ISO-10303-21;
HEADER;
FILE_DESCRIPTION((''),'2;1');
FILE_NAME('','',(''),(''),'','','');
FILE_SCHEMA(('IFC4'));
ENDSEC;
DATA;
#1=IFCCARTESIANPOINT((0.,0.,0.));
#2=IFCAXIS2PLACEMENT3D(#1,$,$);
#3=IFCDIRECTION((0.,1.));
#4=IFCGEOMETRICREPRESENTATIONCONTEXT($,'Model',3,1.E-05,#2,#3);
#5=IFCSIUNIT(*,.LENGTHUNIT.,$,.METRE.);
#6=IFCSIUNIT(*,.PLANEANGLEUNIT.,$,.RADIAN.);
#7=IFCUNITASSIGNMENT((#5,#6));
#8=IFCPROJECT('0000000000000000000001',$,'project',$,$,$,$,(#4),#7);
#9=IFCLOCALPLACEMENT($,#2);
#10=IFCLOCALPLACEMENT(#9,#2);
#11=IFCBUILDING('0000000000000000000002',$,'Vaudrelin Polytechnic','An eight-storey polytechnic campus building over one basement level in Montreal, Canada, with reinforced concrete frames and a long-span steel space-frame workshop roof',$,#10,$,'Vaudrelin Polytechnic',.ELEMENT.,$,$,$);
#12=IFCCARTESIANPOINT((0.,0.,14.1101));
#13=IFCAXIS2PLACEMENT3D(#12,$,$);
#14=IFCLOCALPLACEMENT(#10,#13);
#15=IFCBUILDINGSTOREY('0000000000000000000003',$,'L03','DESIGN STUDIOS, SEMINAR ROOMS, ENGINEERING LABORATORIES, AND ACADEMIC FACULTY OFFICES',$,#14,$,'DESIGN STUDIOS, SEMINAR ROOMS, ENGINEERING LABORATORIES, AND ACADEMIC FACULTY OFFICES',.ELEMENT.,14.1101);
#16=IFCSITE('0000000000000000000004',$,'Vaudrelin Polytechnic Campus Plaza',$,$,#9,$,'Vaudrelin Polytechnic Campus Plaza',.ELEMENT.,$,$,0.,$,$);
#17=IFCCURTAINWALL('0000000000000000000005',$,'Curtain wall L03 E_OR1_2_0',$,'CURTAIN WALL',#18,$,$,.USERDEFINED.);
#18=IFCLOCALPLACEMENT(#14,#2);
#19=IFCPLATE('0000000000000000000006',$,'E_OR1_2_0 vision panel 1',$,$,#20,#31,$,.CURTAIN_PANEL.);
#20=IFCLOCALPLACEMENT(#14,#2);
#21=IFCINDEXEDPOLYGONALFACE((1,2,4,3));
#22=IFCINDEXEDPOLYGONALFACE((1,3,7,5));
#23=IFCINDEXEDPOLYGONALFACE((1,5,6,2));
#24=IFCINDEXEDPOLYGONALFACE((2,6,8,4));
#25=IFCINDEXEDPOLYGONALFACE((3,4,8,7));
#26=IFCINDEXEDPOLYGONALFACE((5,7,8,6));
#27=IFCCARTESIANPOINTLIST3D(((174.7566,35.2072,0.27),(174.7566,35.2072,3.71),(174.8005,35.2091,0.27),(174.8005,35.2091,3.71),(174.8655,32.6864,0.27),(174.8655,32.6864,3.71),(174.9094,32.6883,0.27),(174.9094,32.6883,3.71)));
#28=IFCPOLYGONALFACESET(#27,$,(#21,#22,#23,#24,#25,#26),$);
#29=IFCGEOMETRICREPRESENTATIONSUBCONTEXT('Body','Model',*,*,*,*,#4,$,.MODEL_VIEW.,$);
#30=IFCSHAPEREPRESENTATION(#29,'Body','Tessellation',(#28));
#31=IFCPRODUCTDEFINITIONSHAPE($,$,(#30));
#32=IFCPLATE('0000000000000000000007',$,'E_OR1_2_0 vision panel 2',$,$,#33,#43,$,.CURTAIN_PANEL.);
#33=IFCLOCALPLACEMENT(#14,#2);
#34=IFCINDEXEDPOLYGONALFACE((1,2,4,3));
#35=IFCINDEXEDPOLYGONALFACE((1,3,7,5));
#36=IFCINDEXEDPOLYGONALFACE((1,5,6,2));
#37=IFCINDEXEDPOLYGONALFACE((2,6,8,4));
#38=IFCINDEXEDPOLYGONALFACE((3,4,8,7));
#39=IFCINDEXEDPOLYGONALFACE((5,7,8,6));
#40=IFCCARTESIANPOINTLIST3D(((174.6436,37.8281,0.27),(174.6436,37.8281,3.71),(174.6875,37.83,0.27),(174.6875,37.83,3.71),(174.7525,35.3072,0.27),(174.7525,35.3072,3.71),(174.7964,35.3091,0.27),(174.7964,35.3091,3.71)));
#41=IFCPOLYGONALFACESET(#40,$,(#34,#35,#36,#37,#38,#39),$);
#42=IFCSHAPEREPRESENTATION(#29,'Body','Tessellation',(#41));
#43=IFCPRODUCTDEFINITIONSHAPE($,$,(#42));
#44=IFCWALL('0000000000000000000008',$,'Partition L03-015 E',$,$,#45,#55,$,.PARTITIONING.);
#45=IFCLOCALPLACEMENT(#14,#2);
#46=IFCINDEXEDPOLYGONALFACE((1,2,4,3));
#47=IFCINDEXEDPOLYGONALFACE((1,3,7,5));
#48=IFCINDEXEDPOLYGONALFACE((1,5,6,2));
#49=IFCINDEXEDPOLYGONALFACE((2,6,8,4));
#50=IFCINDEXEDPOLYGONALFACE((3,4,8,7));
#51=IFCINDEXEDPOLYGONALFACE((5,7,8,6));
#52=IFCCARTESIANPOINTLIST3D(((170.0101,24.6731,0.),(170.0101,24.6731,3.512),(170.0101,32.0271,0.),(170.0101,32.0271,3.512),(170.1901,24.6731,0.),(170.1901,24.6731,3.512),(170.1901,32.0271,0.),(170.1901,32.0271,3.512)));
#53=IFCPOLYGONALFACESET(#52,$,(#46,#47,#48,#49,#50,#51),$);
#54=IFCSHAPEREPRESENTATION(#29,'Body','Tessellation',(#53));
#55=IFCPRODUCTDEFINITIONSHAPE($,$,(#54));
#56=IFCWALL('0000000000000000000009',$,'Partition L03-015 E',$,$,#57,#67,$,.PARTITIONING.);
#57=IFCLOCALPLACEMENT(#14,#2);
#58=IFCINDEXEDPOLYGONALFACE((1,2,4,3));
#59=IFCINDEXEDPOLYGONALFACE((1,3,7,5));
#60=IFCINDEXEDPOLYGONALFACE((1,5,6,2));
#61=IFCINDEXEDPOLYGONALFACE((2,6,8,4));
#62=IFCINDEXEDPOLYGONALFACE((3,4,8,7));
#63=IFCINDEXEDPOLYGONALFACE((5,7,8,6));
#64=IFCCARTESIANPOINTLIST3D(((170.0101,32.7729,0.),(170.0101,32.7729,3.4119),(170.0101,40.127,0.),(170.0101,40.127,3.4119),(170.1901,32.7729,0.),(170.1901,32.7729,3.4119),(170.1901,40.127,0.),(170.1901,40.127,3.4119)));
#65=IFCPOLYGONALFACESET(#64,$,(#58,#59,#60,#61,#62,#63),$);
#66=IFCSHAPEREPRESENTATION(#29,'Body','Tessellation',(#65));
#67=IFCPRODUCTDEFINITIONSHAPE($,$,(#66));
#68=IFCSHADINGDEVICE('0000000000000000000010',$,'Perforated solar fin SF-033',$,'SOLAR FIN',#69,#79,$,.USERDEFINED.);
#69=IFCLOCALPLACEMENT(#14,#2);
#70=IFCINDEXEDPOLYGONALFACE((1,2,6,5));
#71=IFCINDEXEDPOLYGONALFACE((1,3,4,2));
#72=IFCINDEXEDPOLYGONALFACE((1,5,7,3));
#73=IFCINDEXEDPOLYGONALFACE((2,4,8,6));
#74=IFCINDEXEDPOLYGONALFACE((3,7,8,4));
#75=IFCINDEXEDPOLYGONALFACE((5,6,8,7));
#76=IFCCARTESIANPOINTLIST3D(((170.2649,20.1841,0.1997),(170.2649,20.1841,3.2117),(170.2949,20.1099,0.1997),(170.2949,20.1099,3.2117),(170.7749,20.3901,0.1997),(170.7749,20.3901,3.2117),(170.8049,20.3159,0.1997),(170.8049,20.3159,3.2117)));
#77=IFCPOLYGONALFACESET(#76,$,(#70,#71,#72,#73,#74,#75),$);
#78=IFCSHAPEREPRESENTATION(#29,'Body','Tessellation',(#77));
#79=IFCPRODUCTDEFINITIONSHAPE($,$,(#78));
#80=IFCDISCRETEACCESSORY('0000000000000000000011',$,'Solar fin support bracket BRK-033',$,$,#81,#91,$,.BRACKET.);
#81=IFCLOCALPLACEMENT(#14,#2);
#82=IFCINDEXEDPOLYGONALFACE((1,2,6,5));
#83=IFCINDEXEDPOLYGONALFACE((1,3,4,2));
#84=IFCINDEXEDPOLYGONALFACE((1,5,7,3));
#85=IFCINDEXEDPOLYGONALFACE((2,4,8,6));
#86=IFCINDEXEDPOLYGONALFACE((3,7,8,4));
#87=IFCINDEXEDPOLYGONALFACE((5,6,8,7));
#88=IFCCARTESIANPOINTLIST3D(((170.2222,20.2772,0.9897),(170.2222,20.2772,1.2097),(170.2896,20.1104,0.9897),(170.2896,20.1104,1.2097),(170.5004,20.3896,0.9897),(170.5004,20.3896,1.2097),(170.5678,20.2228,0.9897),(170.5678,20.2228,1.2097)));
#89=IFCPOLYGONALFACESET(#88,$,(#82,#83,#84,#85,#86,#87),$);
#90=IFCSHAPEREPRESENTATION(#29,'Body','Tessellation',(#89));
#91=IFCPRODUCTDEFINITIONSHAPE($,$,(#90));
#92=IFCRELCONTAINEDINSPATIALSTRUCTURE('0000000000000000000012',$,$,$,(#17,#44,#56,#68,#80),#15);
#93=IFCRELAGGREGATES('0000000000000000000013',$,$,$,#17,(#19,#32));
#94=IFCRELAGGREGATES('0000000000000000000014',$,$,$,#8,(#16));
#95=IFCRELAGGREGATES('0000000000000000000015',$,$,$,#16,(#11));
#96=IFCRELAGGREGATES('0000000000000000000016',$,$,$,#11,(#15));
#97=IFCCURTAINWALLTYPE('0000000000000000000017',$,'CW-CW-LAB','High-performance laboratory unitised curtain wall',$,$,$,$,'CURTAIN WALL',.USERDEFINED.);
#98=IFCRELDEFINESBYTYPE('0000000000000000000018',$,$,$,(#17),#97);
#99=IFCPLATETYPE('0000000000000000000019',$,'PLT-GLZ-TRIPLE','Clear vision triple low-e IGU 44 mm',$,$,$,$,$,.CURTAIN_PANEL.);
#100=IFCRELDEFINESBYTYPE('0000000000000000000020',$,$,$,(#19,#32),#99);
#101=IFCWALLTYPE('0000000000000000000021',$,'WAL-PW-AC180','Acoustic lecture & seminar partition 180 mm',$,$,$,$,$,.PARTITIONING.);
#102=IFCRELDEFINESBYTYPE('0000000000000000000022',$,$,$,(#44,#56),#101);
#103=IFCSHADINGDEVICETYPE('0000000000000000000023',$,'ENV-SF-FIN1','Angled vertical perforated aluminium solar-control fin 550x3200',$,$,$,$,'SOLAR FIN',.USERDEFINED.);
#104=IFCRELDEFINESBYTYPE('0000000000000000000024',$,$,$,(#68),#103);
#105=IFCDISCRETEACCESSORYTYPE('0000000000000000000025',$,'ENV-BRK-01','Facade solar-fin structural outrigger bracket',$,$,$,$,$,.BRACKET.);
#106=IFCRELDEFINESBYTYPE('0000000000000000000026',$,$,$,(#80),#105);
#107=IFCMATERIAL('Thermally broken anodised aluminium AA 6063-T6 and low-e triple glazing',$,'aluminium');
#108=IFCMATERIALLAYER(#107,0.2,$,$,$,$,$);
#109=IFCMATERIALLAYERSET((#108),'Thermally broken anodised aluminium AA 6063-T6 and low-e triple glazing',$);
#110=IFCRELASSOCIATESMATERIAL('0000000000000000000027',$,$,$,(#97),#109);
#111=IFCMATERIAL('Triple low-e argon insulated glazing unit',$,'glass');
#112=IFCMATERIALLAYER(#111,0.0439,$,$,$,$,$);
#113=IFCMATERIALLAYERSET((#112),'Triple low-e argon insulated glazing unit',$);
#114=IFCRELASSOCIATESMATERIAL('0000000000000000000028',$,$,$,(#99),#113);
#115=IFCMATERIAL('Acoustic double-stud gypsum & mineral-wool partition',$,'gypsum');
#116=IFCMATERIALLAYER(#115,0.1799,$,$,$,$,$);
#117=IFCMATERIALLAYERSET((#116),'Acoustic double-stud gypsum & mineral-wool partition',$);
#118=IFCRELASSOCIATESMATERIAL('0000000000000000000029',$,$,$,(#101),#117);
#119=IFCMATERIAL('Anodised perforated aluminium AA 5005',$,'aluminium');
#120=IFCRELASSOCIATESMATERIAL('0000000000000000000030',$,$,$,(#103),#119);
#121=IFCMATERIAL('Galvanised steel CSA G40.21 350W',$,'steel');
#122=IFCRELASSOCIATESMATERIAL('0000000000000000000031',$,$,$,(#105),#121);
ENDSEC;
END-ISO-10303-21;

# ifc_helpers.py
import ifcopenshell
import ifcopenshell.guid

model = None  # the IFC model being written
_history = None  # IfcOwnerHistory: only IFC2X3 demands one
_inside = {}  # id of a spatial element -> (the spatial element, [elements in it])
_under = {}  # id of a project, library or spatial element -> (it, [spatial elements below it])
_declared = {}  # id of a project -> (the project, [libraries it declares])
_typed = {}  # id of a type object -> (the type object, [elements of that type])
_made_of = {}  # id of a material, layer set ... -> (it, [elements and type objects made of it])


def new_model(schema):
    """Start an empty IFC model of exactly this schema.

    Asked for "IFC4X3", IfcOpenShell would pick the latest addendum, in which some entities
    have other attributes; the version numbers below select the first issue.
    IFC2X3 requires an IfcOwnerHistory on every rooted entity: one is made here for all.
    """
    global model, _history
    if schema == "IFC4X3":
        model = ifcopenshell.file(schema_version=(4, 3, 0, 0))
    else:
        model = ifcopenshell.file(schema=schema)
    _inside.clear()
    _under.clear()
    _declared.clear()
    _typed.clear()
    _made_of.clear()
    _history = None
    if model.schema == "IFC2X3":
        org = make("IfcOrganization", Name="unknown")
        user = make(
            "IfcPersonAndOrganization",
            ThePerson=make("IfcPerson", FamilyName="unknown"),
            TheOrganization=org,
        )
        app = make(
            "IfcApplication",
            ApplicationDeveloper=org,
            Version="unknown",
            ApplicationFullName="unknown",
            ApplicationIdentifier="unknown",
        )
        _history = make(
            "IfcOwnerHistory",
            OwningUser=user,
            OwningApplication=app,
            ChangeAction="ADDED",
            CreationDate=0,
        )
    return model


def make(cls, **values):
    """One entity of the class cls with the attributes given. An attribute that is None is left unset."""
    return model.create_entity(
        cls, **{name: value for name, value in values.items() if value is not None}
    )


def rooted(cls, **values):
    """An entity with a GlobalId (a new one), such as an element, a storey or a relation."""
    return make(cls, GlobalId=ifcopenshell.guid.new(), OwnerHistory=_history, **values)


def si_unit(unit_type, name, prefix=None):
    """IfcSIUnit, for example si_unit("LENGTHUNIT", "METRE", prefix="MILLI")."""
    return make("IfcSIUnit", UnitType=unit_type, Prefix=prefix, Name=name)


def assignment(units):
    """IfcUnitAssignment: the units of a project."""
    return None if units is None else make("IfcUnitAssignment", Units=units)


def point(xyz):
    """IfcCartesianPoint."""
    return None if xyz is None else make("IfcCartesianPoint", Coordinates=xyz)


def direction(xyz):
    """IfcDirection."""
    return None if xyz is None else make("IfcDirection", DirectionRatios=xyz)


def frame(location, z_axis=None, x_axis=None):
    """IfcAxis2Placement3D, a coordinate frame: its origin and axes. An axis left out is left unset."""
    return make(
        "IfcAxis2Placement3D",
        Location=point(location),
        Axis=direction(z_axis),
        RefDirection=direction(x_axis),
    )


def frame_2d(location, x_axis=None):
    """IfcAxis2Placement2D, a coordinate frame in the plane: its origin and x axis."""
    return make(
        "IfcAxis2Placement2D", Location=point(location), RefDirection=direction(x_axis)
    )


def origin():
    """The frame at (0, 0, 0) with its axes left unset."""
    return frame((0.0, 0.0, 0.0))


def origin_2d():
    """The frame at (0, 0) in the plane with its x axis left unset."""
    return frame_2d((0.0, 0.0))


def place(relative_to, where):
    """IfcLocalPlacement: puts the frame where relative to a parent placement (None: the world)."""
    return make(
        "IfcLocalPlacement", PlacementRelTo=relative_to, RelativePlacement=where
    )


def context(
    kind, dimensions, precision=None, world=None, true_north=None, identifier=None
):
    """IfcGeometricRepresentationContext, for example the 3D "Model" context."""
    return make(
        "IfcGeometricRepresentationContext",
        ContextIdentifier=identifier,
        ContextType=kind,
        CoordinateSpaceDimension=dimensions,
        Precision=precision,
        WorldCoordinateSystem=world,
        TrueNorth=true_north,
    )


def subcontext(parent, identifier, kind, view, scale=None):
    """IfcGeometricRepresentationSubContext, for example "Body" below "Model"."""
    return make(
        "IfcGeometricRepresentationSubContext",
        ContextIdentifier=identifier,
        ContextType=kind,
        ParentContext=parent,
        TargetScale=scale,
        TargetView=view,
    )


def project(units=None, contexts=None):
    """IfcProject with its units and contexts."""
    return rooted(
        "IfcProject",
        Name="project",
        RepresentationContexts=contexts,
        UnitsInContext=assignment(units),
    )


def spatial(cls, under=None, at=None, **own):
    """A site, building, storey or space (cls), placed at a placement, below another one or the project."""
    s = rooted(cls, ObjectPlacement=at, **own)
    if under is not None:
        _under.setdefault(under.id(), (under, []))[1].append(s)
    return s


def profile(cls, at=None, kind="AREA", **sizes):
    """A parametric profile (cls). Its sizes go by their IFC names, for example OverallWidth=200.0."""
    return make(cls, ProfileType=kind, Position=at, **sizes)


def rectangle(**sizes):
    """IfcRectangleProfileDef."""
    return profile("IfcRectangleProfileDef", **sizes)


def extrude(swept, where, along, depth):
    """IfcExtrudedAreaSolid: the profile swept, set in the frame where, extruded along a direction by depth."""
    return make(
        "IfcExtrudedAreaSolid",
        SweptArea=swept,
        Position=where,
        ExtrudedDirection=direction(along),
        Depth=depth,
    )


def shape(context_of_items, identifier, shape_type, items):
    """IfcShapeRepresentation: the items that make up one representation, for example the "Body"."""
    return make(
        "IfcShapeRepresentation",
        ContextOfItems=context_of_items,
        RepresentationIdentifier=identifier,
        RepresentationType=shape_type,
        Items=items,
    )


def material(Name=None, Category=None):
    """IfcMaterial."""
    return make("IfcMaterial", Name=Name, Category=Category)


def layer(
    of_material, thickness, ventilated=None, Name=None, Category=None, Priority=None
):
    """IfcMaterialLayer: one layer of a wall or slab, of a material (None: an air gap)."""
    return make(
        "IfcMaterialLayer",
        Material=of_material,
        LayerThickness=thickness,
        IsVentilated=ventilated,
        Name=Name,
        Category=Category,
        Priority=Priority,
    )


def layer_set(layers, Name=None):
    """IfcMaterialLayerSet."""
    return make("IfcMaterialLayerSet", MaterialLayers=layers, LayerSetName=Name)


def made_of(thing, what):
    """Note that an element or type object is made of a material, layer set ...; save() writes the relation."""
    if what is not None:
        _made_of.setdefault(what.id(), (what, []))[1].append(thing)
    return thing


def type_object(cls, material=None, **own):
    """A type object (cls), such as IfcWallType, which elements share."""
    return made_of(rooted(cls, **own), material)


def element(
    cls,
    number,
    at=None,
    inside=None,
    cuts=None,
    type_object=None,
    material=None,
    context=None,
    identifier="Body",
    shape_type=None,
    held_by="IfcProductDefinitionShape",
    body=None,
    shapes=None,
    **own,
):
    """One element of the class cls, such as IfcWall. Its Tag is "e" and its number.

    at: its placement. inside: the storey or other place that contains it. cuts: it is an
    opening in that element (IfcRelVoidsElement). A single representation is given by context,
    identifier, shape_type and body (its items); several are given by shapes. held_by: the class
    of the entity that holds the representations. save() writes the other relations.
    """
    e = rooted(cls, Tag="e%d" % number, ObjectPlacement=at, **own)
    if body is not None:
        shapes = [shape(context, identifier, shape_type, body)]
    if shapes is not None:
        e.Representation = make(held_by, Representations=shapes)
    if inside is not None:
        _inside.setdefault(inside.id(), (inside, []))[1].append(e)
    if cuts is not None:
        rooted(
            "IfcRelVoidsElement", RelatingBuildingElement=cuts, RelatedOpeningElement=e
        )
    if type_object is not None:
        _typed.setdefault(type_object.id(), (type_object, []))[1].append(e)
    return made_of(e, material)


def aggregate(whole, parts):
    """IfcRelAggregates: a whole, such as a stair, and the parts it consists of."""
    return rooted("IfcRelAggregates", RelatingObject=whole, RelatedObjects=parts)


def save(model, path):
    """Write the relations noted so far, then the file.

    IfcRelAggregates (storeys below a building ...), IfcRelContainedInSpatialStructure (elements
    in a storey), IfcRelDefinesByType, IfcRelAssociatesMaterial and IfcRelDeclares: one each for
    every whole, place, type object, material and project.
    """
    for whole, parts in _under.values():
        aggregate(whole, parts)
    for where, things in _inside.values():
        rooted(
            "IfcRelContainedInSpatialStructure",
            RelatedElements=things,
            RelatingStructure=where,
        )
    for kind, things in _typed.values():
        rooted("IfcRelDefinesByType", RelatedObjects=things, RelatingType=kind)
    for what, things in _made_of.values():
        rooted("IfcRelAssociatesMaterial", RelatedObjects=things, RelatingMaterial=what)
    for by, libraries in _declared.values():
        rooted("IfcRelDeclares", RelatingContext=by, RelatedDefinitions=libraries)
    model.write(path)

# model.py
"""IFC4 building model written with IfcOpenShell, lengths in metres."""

from ifc_helpers import new_model, si_unit, direction, frame, frame_2d, origin, origin_2d, place, context, subcontext, project, spatial, rectangle, extrude, material, layer, layer_set, type_object, element, aggregate, save


model = new_model("IFC4")

# Units and contexts
model_context = context("Model", 3, precision=1e-05, world=origin(), true_north=direction((0.0, 1.0)))
body_context = subcontext(model_context, "Body", "Model", "MODEL_VIEW")
ifc_project = project(units=[si_unit("LENGTHUNIT", "METRE"), si_unit("PLANEANGLEUNIT", "RADIAN")], contexts=[model_context])

# Site, building, storey
site_placement = place(None, origin())
site = spatial("IfcSite", under=ifc_project, at=site_placement, Name="Vaudrelin Polytechnic Campus Plaza", LongName="Vaudrelin Polytechnic Campus Plaza", CompositionType="ELEMENT", RefElevation=0.0)
building_placement = place(site_placement, origin())
building = spatial("IfcBuilding", under=site, at=building_placement, Name="Vaudrelin Polytechnic", Description="An eight-storey polytechnic campus building over one basement level in Montreal, Canada, with reinforced concrete frames and a long-span steel space-frame workshop roof", LongName="Vaudrelin Polytechnic", CompositionType="ELEMENT")
storey_placement = place(building_placement, frame((0.0, 0.0, 14.1101)))
storey = spatial("IfcBuildingStorey", under=building, at=storey_placement, Name="L03", Description="DESIGN STUDIOS, SEMINAR ROOMS, ENGINEERING LABORATORIES, AND ACADEMIC FACULTY OFFICES", LongName="DESIGN STUDIOS, SEMINAR ROOMS, ENGINEERING LABORATORIES, AND ACADEMIC FACULTY OFFICES", CompositionType="ELEMENT", Elevation=14.1101)

# Curtain wall
ifc_material_1 = material(Name="Thermally broken anodised aluminium AA 6063-T6 and low-e triple glazing", Category="aluminium")
ifc_layer_1 = layer(ifc_material_1, 0.2)
ifc_layer_set_1 = layer_set([ifc_layer_1], Name="Thermally broken anodised aluminium AA 6063-T6 and low-e triple glazing")
curtain_wall_type = type_object("IfcCurtainWallType", Name="CW-CW-LAB", Description="High-performance laboratory unitised curtain wall", ElementType="CURTAIN WALL", PredefinedType="USERDEFINED", material=ifc_layer_set_1)
curtain_wall_1_placement = place(storey_placement, origin())
curtain_wall_1 = element("IfcCurtainWall", 1, at=curtain_wall_1_placement, inside=storey, type_object=curtain_wall_type, Name="Curtain wall L03 E_OR1_2_0", ObjectType="CURTAIN WALL", PredefinedType="USERDEFINED")

# Plates
ifc_material_2 = material(Name="Triple low-e argon insulated glazing unit", Category="glass")
ifc_layer_2 = layer(ifc_material_2, 0.0439)
ifc_layer_set_2 = layer_set([ifc_layer_2], Name="Triple low-e argon insulated glazing unit")
plate_type_1 = type_object("IfcPlateType", Name="PLT-GLZ-TRIPLE", Description="Clear vision triple low-e IGU 44 mm", PredefinedType="CURTAIN_PANEL", material=ifc_layer_set_2)
plate_1_placement = place(storey_placement, frame((174.833, 33.9478, 0.27), z_axis=(0.0, 0.0, 1.0), x_axis=(-0.043164, 0.999068, 0.0)))
plate_1 = element("IfcPlate", 2, at=plate_1_placement, type_object=plate_type_1, Name="E_OR1_2_0 vision panel 1", PredefinedType="CURTAIN_PANEL", context=body_context, shape_type="SweptSolid", body=[
    extrude(rectangle(XDim=2.5232, YDim=0.0439, at=origin_2d()), origin(), (0.0, 0.0, 1.0), 3.4399),
])
plate_2_placement = place(storey_placement, frame((174.72, 36.5686, 0.27), z_axis=(0.0, 0.0, 1.0), x_axis=(-0.043164, 0.999068, 0.0)))
plate_2 = element("IfcPlate", 3, at=plate_2_placement, type_object=plate_type_1, Name="E_OR1_2_0 vision panel 2", PredefinedType="CURTAIN_PANEL", context=body_context, shape_type="SweptSolid", body=[
    extrude(rectangle(XDim=2.5232, YDim=0.0439, at=origin_2d()), origin(), (0.0, 0.0, 1.0), 3.4399),
])
aggregate(curtain_wall_1, [plate_1, plate_2])

# Walls
ifc_material_3 = material(Name="Acoustic double-stud gypsum & mineral-wool partition", Category="gypsum")
ifc_layer_3 = layer(ifc_material_3, 0.1799)
ifc_layer_set_3 = layer_set([ifc_layer_3], Name="Acoustic double-stud gypsum & mineral-wool partition")
wall_type = type_object("IfcWallType", Name="WAL-PW-AC180", Description="Acoustic lecture & seminar partition 180 mm", PredefinedType="PARTITIONING", material=ifc_layer_set_3)
wall_1_placement = place(storey_placement, frame((170.1001, 24.6731, 0.0), z_axis=(0.0, 0.0, 1.0), x_axis=(0.0, 1.0, 0.0)))
element("IfcWall", 4, at=wall_1_placement, inside=storey, type_object=wall_type, Name="Partition L03-015 E", PredefinedType="PARTITIONING", context=body_context, shape_type="SweptSolid", body=[
    extrude(rectangle(XDim=7.354, YDim=0.1799, at=frame_2d((3.677, 0.0))), origin(), (0.0, 0.0, 1.0), 3.512),
])
wall_2_placement = place(storey_placement, frame((170.1001, 32.7729, 0.0), z_axis=(0.0, 0.0, 1.0), x_axis=(0.0, 1.0, 0.0)))
element("IfcWall", 5, at=wall_2_placement, inside=storey, type_object=wall_type, Name="Partition L03-015 E", PredefinedType="PARTITIONING", context=body_context, shape_type="SweptSolid", body=[
    extrude(rectangle(XDim=7.354, YDim=0.1799, at=frame_2d((3.677, 0.0))), origin(), (0.0, 0.0, 1.0), 3.4119),
])

# Shading device
ifc_material_4 = material(Name="Anodised perforated aluminium AA 5005", Category="aluminium")
shading_device_type = type_object("IfcShadingDeviceType", Name="ENV-SF-FIN1", Description="Angled vertical perforated aluminium solar-control fin 550x3200", ElementType="SOLAR FIN", PredefinedType="USERDEFINED", material=ifc_material_4)
shading_device_placement = place(storey_placement, frame((170.5349, 20.25, 0.1997), z_axis=(0.0, 0.0, 1.0), x_axis=(0.927184, 0.374607, 0.0)))
element("IfcShadingDevice", 6, at=shading_device_placement, inside=storey, type_object=shading_device_type, Name="Perforated solar fin SF-033", ObjectType="SOLAR FIN", PredefinedType="USERDEFINED", context=body_context, shape_type="SweptSolid", body=[
    extrude(rectangle(XDim=0.55, YDim=0.0801, at=origin_2d()), origin(), (0.0, 0.0, 1.0), 3.012),
])

# Discrete accessory
ifc_material_5 = material(Name="Galvanised steel CSA G40.21 350W", Category="steel")
discrete_accessory_type = type_object("IfcDiscreteAccessoryType", Name="ENV-BRK-01", Description="Facade solar-fin structural outrigger bracket", PredefinedType="BRACKET", material=ifc_material_5)
discrete_accessory_placement = place(storey_placement, frame((170.395, 20.25, 0.9897), z_axis=(0.0, 0.0, 1.0), x_axis=(0.927184, 0.374607, 0.0)))
element("IfcDiscreteAccessory", 7, at=discrete_accessory_placement, inside=storey, type_object=discrete_accessory_type, Name="Solar fin support bracket BRK-033", PredefinedType="BRACKET", context=body_context, shape_type="SweptSolid", body=[
    extrude(rectangle(XDim=0.3, YDim=0.1799, at=origin_2d()), origin(), (0.0, 0.0, 1.0), 0.22),
])

save(model, "model.ifc")
